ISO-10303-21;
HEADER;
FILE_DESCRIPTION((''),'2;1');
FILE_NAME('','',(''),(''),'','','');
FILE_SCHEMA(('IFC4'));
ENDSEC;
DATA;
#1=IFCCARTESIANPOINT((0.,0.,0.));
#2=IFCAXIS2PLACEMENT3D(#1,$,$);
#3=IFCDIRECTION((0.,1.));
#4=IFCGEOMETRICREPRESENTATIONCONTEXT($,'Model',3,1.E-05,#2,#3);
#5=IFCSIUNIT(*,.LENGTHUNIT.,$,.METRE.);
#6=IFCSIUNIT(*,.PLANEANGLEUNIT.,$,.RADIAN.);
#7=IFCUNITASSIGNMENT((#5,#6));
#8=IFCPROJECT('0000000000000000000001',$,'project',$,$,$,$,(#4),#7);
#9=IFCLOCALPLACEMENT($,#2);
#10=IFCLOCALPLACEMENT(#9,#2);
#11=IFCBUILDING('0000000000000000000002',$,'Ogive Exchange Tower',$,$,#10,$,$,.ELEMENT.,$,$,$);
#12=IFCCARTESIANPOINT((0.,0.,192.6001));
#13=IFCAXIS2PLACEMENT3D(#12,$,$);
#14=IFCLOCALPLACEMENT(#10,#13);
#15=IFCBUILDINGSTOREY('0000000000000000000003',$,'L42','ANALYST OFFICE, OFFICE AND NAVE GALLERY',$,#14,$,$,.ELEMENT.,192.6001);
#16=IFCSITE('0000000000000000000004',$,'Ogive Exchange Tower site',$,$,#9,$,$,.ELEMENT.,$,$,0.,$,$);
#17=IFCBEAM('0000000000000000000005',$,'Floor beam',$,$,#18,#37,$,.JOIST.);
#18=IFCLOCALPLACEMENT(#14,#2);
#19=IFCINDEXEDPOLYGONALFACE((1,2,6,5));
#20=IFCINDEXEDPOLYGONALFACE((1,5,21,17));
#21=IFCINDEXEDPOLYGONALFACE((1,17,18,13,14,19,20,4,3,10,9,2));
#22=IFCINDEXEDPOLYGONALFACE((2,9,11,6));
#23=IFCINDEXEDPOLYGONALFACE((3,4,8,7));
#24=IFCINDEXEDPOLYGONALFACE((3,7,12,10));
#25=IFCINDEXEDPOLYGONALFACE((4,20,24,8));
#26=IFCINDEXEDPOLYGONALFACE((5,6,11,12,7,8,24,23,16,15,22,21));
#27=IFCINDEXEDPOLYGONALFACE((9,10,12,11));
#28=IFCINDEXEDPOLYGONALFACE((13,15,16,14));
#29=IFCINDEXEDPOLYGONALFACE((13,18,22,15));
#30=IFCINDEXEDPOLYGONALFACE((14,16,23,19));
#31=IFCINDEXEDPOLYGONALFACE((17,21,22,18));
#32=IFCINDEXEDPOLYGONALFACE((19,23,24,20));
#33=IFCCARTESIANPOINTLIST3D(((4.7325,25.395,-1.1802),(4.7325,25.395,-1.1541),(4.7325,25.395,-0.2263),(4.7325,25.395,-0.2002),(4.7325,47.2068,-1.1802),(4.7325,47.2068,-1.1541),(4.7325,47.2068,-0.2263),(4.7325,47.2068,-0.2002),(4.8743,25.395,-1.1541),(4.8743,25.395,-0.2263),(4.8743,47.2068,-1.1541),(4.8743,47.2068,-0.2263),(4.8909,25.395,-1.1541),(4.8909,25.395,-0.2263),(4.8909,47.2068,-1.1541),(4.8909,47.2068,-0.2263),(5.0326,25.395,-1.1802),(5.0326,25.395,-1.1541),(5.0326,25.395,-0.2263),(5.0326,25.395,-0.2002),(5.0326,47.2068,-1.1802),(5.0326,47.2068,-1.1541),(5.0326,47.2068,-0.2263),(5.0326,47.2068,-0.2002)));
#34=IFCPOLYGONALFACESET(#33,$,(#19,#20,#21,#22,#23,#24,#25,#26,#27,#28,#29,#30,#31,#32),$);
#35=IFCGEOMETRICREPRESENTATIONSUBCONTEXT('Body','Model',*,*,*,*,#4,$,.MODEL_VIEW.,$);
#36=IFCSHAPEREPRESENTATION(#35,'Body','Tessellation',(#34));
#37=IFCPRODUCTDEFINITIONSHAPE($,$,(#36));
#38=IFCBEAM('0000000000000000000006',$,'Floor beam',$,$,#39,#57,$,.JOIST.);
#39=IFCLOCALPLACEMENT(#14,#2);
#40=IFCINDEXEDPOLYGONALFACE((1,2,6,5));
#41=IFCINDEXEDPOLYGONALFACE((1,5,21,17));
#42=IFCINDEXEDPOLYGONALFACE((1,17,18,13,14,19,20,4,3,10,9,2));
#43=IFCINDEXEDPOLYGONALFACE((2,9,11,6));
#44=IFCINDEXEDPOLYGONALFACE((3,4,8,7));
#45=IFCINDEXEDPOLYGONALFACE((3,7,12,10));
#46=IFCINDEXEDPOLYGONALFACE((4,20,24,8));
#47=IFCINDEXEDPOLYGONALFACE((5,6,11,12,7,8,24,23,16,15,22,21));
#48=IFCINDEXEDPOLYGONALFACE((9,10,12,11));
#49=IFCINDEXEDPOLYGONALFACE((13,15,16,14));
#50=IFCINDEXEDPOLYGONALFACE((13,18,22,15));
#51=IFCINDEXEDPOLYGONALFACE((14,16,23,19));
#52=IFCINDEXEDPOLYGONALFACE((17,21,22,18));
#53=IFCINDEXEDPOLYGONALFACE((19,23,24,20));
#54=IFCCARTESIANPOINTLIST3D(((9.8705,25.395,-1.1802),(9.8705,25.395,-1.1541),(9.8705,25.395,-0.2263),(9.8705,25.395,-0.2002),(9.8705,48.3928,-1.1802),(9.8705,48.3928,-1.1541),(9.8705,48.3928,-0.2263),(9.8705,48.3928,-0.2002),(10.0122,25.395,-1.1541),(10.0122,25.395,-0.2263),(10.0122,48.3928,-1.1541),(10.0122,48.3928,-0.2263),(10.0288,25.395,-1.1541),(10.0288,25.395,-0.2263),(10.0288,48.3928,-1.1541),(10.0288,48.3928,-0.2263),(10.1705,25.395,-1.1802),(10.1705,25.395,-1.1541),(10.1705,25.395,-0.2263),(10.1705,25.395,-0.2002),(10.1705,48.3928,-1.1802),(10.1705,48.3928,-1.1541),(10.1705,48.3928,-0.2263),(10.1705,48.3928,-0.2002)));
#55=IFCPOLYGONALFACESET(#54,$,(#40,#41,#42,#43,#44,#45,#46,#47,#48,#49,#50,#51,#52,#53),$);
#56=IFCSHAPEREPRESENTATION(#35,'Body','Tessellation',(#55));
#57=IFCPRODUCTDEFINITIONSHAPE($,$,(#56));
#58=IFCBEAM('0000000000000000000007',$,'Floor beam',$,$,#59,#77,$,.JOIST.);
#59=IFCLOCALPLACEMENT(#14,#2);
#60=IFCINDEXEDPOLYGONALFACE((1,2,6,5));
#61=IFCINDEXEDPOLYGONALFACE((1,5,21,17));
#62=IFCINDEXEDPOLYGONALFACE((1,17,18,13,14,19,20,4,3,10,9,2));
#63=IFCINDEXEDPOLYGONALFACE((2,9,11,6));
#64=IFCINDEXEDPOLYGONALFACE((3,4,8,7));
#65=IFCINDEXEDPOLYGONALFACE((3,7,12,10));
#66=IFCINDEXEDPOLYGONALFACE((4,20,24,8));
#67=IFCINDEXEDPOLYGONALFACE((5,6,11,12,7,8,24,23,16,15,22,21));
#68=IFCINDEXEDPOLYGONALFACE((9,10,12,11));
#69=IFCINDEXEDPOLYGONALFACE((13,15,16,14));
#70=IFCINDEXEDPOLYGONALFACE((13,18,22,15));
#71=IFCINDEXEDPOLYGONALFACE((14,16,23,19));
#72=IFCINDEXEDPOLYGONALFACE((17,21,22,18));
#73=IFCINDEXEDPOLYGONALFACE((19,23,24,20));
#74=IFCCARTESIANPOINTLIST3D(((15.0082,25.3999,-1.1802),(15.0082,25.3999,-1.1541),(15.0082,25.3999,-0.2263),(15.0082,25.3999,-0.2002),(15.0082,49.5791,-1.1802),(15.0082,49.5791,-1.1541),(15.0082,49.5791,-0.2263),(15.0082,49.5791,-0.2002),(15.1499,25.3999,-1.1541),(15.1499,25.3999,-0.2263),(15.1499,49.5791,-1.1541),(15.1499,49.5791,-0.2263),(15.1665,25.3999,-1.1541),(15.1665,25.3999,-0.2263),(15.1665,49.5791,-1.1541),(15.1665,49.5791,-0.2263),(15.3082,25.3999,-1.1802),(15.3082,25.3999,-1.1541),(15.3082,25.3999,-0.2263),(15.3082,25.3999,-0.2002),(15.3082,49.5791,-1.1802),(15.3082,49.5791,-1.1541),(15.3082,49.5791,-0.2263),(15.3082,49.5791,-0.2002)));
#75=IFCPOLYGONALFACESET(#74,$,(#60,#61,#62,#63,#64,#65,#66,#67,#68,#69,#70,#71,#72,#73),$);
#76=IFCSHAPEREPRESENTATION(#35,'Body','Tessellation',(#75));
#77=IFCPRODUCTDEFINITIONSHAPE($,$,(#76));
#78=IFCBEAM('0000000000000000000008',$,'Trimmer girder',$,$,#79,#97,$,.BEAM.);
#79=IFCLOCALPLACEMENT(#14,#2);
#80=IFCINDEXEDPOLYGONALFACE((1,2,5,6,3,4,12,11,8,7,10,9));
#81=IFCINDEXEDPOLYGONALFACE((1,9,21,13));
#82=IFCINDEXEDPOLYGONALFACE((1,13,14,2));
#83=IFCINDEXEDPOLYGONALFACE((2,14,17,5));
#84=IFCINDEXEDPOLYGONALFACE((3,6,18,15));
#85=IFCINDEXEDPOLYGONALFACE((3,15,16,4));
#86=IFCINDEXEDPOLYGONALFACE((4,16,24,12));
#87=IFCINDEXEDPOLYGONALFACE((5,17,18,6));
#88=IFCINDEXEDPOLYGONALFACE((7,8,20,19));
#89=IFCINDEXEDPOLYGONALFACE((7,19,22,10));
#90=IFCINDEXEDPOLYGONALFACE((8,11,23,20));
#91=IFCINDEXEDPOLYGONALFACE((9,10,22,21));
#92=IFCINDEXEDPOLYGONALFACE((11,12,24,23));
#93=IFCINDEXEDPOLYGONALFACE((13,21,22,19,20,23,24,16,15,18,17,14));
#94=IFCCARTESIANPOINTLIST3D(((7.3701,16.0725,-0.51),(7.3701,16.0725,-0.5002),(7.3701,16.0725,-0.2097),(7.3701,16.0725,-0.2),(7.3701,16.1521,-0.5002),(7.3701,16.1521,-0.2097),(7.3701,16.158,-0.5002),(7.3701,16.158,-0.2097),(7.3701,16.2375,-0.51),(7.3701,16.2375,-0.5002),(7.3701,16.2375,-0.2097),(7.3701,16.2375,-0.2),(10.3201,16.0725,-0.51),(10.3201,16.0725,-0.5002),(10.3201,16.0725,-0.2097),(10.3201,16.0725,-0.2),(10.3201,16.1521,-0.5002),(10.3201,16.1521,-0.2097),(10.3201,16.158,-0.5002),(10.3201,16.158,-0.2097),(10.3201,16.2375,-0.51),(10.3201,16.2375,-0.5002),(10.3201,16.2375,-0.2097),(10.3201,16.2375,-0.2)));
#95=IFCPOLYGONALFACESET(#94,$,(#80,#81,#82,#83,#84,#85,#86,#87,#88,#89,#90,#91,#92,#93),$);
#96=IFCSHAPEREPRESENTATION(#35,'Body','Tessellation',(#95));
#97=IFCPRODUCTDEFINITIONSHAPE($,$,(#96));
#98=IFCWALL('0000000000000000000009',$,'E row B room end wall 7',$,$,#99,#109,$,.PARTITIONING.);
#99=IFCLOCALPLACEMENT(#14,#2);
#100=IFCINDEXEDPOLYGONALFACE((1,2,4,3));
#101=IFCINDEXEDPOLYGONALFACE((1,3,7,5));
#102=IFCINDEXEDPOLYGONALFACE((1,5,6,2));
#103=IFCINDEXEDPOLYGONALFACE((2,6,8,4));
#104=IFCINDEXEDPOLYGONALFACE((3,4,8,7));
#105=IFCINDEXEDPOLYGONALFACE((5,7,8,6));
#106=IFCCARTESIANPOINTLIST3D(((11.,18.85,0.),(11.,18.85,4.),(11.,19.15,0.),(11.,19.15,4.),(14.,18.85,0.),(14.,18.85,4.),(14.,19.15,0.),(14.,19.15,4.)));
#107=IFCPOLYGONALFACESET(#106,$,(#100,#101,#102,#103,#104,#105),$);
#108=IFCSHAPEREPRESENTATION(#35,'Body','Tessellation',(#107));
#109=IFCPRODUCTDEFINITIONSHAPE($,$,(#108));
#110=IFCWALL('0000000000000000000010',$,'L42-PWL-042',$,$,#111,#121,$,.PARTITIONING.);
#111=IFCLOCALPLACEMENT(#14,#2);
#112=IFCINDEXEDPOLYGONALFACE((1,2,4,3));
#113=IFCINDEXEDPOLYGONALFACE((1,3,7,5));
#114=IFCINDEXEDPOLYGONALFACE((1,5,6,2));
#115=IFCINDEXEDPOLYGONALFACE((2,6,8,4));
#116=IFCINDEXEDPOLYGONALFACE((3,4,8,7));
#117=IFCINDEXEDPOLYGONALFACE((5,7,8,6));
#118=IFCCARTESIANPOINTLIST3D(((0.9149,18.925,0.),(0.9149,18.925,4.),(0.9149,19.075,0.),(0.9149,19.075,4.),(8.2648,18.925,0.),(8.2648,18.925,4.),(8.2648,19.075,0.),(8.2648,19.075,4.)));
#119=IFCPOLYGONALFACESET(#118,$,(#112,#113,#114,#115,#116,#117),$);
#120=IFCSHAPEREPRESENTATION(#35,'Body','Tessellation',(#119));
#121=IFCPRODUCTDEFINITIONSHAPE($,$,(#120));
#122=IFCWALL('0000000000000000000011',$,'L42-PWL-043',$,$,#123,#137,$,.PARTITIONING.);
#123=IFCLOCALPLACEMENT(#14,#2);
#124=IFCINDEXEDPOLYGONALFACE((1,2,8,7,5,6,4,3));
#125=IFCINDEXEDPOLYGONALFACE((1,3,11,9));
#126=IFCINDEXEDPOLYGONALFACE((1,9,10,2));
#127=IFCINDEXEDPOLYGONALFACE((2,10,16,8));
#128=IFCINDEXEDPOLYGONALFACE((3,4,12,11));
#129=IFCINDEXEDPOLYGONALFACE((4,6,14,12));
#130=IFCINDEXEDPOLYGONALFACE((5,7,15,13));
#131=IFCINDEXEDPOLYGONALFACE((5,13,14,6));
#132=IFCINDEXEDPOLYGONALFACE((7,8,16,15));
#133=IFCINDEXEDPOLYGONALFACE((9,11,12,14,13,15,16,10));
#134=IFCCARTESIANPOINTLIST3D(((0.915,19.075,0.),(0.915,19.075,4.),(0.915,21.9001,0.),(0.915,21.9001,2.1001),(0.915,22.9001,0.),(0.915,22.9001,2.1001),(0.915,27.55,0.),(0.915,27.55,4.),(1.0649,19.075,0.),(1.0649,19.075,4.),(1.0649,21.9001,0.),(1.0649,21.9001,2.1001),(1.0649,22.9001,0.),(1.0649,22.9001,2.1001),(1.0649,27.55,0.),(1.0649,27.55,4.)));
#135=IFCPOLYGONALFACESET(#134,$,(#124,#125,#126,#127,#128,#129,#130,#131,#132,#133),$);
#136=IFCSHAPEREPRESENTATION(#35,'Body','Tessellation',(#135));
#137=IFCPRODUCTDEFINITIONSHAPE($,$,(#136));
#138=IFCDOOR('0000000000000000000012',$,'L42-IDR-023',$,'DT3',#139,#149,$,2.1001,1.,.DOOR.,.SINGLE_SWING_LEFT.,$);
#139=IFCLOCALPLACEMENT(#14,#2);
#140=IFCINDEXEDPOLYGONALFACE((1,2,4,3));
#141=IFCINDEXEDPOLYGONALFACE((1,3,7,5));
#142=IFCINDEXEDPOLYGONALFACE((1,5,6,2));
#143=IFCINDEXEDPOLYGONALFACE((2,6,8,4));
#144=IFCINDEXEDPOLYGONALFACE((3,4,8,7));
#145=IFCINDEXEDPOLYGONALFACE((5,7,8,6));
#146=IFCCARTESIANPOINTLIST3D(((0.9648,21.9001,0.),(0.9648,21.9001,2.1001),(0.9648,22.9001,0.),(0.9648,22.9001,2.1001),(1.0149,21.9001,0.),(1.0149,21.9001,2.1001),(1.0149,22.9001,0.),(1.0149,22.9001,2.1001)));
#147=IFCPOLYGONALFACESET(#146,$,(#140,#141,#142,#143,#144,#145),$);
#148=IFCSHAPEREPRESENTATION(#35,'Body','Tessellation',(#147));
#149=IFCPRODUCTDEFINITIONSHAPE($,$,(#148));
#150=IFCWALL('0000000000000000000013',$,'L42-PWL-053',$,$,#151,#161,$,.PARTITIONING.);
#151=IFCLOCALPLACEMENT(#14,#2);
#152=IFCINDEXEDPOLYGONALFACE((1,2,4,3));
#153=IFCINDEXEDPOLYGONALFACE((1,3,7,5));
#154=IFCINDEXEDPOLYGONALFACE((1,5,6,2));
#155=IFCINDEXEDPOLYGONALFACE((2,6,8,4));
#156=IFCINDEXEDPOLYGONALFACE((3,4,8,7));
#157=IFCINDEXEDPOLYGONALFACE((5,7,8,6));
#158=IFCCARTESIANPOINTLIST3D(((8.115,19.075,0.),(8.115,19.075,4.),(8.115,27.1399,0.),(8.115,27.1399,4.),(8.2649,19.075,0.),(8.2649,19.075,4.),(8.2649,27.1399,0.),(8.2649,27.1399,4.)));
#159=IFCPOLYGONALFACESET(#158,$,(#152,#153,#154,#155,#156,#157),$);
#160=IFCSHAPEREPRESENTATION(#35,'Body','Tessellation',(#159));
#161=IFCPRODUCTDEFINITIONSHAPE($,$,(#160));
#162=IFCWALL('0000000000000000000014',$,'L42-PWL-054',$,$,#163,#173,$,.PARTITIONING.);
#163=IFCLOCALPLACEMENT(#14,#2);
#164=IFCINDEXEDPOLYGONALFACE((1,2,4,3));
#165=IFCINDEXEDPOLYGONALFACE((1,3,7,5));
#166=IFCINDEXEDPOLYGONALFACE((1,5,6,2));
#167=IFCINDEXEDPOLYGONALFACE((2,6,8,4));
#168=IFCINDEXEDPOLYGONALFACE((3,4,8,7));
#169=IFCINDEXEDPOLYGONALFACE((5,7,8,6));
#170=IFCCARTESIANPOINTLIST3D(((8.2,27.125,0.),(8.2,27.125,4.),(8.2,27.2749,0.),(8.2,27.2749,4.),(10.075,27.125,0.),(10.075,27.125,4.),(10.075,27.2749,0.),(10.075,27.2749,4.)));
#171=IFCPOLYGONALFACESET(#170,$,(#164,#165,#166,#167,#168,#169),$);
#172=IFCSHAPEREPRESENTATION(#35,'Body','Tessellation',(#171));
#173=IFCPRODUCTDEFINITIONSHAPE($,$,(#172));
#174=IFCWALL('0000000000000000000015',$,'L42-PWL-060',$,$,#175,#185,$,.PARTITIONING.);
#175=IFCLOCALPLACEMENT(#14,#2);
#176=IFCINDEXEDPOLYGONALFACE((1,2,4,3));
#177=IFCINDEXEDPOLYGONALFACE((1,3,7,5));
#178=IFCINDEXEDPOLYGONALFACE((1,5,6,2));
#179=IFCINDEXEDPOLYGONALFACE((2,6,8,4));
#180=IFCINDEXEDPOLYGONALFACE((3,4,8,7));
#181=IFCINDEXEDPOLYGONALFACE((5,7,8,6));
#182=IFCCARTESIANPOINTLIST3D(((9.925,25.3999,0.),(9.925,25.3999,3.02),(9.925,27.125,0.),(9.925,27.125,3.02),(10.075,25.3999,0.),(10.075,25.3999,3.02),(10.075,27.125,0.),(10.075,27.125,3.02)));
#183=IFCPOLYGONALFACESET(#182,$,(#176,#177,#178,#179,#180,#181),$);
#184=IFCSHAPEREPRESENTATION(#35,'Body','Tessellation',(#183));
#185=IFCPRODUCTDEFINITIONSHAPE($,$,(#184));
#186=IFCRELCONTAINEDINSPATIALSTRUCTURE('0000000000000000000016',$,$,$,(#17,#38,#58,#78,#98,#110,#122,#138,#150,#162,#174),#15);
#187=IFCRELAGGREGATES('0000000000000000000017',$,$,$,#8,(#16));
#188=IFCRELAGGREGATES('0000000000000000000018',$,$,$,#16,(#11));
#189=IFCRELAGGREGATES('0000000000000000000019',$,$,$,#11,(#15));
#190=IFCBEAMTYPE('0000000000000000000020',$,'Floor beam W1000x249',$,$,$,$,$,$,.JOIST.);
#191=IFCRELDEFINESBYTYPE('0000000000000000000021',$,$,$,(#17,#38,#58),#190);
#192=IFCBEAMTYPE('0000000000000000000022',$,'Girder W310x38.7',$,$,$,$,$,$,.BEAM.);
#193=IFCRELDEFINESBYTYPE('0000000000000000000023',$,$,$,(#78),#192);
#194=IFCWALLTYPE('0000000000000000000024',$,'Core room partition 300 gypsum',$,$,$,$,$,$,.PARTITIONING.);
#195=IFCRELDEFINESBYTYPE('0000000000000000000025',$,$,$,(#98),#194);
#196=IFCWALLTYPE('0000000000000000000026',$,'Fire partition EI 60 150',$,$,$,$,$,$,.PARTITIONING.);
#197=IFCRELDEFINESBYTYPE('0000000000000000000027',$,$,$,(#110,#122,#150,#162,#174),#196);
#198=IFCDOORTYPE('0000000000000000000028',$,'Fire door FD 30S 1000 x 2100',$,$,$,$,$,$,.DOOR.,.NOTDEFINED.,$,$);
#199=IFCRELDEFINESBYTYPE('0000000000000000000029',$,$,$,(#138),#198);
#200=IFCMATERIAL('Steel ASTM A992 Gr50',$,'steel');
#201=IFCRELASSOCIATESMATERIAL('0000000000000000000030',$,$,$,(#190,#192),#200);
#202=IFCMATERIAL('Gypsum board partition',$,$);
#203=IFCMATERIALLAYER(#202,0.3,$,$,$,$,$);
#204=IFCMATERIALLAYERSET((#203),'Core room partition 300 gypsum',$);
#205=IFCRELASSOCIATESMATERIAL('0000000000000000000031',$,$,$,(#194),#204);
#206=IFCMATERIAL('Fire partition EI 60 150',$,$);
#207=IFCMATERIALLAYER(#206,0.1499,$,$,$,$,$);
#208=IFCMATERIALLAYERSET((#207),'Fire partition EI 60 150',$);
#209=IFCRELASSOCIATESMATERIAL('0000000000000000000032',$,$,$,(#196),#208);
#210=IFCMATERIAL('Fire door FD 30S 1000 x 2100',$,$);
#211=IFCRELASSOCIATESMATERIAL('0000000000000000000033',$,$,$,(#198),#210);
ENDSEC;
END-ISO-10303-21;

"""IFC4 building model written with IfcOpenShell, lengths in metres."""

from ifc_helpers import new_model, si_unit, direction, frame, frame_2d, origin, origin_2d, place, context, subcontext, project, spatial, rectangle, i_section, extrude, material, layer, layer_set, material_profile, profile_set, type_object, element, fill, save


model = new_model("IFC4")

# Units and contexts
model_context = context("Model", 3, precision=1e-05, world=origin(), true_north=direction((0.0, 1.0)))
body_context = subcontext(model_context, "Body", "Model", "MODEL_VIEW")
ifc_project = project(units=[si_unit("LENGTHUNIT", "METRE"), si_unit("PLANEANGLEUNIT", "RADIAN")], contexts=[model_context])

# Site, building, storey
site_placement = place(None, origin())
site = spatial("IfcSite", under=ifc_project, at=site_placement, Name="Ogive Exchange Tower site", CompositionType="ELEMENT", RefElevation=0.0)
building_placement = place(site_placement, origin())
building = spatial("IfcBuilding", under=site, at=building_placement, Name="Ogive Exchange Tower", CompositionType="ELEMENT")
storey_placement = place(building_placement, frame((0.0, 0.0, 192.6001)))
storey = spatial("IfcBuildingStorey", under=building, at=storey_placement, Name="L42", Description="ANALYST OFFICE, OFFICE AND NAVE GALLERY", CompositionType="ELEMENT", Elevation=192.6001)

# Beams
ifc_material_1 = material(Name="Steel ASTM A992 Gr50", Category="steel")
ifc_material_profile_1 = material_profile(ifc_material_1, i_section(OverallWidth=0.3, OverallDepth=0.98, WebThickness=0.0166, FlangeThickness=0.0261, at=origin_2d()), Name="W1000x249")
ifc_profile_set_1 = profile_set([ifc_material_profile_1], Name="Steel ASTM A992 Gr50")
beam_type_1 = type_object("IfcBeamType", Name="Floor beam W1000x249", PredefinedType="JOIST", material=ifc_profile_set_1)
beam_1_placement = place(storey_placement, frame((4.8826, 25.395, -0.6902), z_axis=(0.0, 1.0, 0.0), x_axis=(-1.0, 0.0, 0.0)))
element("IfcBeam", 1, at=beam_1_placement, inside=storey, type_object=beam_type_1, Name="Floor beam", PredefinedType="JOIST", context=body_context, shape_type="SweptSolid", body=[
    extrude(i_section(OverallWidth=0.3, OverallDepth=0.98, WebThickness=0.0166, FlangeThickness=0.0261, at=origin_2d()), origin(), (0.0, 0.0, 1.0), 21.8118),
])
beam_2_placement = place(storey_placement, frame((10.0205, 25.395, -0.6902), z_axis=(0.0, 1.0, 0.0), x_axis=(-1.0, 0.0, 0.0)))
element("IfcBeam", 2, at=beam_2_placement, inside=storey, type_object=beam_type_1, Name="Floor beam", PredefinedType="JOIST", context=body_context, shape_type="SweptSolid", body=[
    extrude(i_section(OverallWidth=0.3, OverallDepth=0.98, WebThickness=0.0166, FlangeThickness=0.0261, at=origin_2d()), origin(), (0.0, 0.0, 1.0), 22.9978),
])
beam_3_placement = place(storey_placement, frame((15.1582, 25.3999, -0.6902), z_axis=(0.0, 1.0, 0.0), x_axis=(-1.0, 0.0, 0.0)))
element("IfcBeam", 3, at=beam_3_placement, inside=storey, type_object=beam_type_1, Name="Floor beam", PredefinedType="JOIST", context=body_context, shape_type="SweptSolid", body=[
    extrude(i_section(OverallWidth=0.3, OverallDepth=0.98, WebThickness=0.0166, FlangeThickness=0.0261, at=origin_2d()), origin(), (0.0, 0.0, 1.0), 24.1792),
])
ifc_material_profile_2 = material_profile(ifc_material_1, i_section(OverallWidth=0.165, OverallDepth=0.3101, WebThickness=0.0059, FlangeThickness=0.0098, at=origin_2d()), Name="W310x38.7")
ifc_profile_set_2 = profile_set([ifc_material_profile_2], Name="Steel ASTM A992 Gr50")
beam_type_2 = type_object("IfcBeamType", Name="Girder W310x38.7", PredefinedType="BEAM", material=ifc_profile_set_2)
beam_4_placement = place(storey_placement, frame((7.3701, 16.155, -0.355), z_axis=(1.0, 0.0, 0.0), x_axis=(0.0, 1.0, 0.0)))
element("IfcBeam", 4, at=beam_4_placement, inside=storey, type_object=beam_type_2, Name="Trimmer girder", PredefinedType="BEAM", context=body_context, shape_type="SweptSolid", body=[
    extrude(i_section(OverallWidth=0.165, OverallDepth=0.3101, WebThickness=0.0059, FlangeThickness=0.0098, at=origin_2d()), origin(), (0.0, 0.0, 1.0), 2.95),
])

# Walls
ifc_material_2 = material(Name="Gypsum board partition")
ifc_layer_1 = layer(ifc_material_2, 0.3)
ifc_layer_set_1 = layer_set([ifc_layer_1], Name="Core room partition 300 gypsum")
wall_type_1 = type_object("IfcWallType", Name="Core room partition 300 gypsum", PredefinedType="PARTITIONING", material=ifc_layer_set_1)
wall_1_placement = place(storey_placement, frame((11.0, 19.0, 0.0), z_axis=(0.0, 0.0, 1.0), x_axis=(1.0, 0.0, 0.0)))
element("IfcWall", 5, at=wall_1_placement, inside=storey, type_object=wall_type_1, Name="E row B room end wall 7", PredefinedType="PARTITIONING", context=body_context, shape_type="SweptSolid", body=[
    extrude(rectangle(XDim=3.0, YDim=0.3, at=frame_2d((1.5, 0.0))), origin(), (0.0, 0.0, 1.0), 4.0),
])
ifc_material_3 = material(Name="Fire partition EI 60 150")
ifc_layer_2 = layer(ifc_material_3, 0.1499)
ifc_layer_set_2 = layer_set([ifc_layer_2], Name="Fire partition EI 60 150")
wall_type_2 = type_object("IfcWallType", Name="Fire partition EI 60 150", PredefinedType="PARTITIONING", material=ifc_layer_set_2)
wall_2_placement = place(storey_placement, frame((0.915, 19.0, 0.0), z_axis=(0.0, 0.0, 1.0), x_axis=(1.0, 0.0, 0.0)))
element("IfcWall", 6, at=wall_2_placement, inside=storey, type_object=wall_type_2, Name="L42-PWL-042", PredefinedType="PARTITIONING", context=body_context, shape_type="SweptSolid", body=[
    extrude(rectangle(XDim=7.3499, YDim=0.1499, at=frame_2d((3.6748, 0.0))), origin(), (0.0, 0.0, 1.0), 4.0),
])

# Wall, opening, door
wall_3_placement = place(storey_placement, frame((0.99, 27.55, 0.0), z_axis=(0.0, 0.0, 1.0), x_axis=(0.0, -1.0, 0.0)))
wall_3 = element("IfcWall", 7, at=wall_3_placement, inside=storey, type_object=wall_type_2, Name="L42-PWL-043", PredefinedType="PARTITIONING", context=body_context, shape_type="SweptSolid", body=[
    extrude(rectangle(XDim=8.4751, YDim=0.1499, at=frame_2d((4.2375, 0.0))), origin(), (0.0, 0.0, 1.0), 4.0),
])
opening_1_placement = place(wall_3_placement, frame((4.6499, 0.0, 0.0)))
opening_1 = element("IfcOpeningElement", 8, at=opening_1_placement, cuts=wall_3, PredefinedType="OPENING", context=body_context, shape_type="SweptSolid", body=[
    extrude(rectangle(XDim=1.0, YDim=2.1001, at=frame_2d((0.5, 1.05))), frame((0.0, 0.085, 0.0), z_axis=(0.0, -1.0, 0.0), x_axis=(1.0, 0.0, 0.0)), (0.0, 0.0, 1.0), 0.1699),
])
ifc_material_4 = material(Name="Fire door FD 30S 1000 x 2100")
door_type_1 = type_object("IfcDoorType", Name="Fire door FD 30S 1000 x 2100", OperationType="NOTDEFINED", PredefinedType="DOOR", material=ifc_material_4)
door_1_placement = place(opening_1_placement, origin())
door_1 = element("IfcDoor", 9, at=door_1_placement, inside=storey, type_object=door_type_1, Name="L42-IDR-023", ObjectType="DT3", OperationType="SINGLE_SWING_LEFT", OverallHeight=2.1001, OverallWidth=1.0, PredefinedType="DOOR", context=body_context, shape_type="SweptSolid", body=[
    extrude(rectangle(XDim=1.0, YDim=2.1001, at=frame_2d((0.5, 1.05))), frame((0.0, 0.0249, 0.0), z_axis=(0.0, -1.0, 0.0), x_axis=(1.0, 0.0, 0.0)), (0.0, 0.0, 1.0), 0.05),
])
fill(opening_1, door_1)

# Walls
wall_4_placement = place(storey_placement, frame((8.1899, 19.075, 0.0), z_axis=(0.0, 0.0, 1.0), x_axis=(0.0, 1.0, 0.0)))
element("IfcWall", 10, at=wall_4_placement, inside=storey, type_object=wall_type_2, Name="L42-PWL-053", PredefinedType="PARTITIONING", context=body_context, shape_type="SweptSolid", body=[
    extrude(rectangle(XDim=8.0649, YDim=0.1499, at=frame_2d((4.0325, 0.0))), origin(), (0.0, 0.0, 1.0), 4.0),
])
wall_5_placement = place(storey_placement, frame((8.2, 27.2, 0.0), z_axis=(0.0, 0.0, 1.0), x_axis=(1.0, 0.0, 0.0)))
element("IfcWall", 11, at=wall_5_placement, inside=storey, type_object=wall_type_2, Name="L42-PWL-054", PredefinedType="PARTITIONING", context=body_context, shape_type="SweptSolid", body=[
    extrude(rectangle(XDim=1.875, YDim=0.1499, at=frame_2d((0.9375, 0.0))), origin(), (0.0, 0.0, 1.0), 4.0),
])
wall_6_placement = place(storey_placement, frame((10.0, 27.125, 0.0), z_axis=(0.0, 0.0, 1.0), x_axis=(0.0, -1.0, 0.0)))
element("IfcWall", 12, at=wall_6_placement, inside=storey, type_object=wall_type_2, Name="L42-PWL-060", PredefinedType="PARTITIONING", context=body_context, shape_type="SweptSolid", body=[
    extrude(rectangle(XDim=1.7251, YDim=0.1499, at=frame_2d((0.8625, 0.0))), origin(), (0.0, 0.0, 1.0), 3.02),
])

save(model, "model.ifc")
